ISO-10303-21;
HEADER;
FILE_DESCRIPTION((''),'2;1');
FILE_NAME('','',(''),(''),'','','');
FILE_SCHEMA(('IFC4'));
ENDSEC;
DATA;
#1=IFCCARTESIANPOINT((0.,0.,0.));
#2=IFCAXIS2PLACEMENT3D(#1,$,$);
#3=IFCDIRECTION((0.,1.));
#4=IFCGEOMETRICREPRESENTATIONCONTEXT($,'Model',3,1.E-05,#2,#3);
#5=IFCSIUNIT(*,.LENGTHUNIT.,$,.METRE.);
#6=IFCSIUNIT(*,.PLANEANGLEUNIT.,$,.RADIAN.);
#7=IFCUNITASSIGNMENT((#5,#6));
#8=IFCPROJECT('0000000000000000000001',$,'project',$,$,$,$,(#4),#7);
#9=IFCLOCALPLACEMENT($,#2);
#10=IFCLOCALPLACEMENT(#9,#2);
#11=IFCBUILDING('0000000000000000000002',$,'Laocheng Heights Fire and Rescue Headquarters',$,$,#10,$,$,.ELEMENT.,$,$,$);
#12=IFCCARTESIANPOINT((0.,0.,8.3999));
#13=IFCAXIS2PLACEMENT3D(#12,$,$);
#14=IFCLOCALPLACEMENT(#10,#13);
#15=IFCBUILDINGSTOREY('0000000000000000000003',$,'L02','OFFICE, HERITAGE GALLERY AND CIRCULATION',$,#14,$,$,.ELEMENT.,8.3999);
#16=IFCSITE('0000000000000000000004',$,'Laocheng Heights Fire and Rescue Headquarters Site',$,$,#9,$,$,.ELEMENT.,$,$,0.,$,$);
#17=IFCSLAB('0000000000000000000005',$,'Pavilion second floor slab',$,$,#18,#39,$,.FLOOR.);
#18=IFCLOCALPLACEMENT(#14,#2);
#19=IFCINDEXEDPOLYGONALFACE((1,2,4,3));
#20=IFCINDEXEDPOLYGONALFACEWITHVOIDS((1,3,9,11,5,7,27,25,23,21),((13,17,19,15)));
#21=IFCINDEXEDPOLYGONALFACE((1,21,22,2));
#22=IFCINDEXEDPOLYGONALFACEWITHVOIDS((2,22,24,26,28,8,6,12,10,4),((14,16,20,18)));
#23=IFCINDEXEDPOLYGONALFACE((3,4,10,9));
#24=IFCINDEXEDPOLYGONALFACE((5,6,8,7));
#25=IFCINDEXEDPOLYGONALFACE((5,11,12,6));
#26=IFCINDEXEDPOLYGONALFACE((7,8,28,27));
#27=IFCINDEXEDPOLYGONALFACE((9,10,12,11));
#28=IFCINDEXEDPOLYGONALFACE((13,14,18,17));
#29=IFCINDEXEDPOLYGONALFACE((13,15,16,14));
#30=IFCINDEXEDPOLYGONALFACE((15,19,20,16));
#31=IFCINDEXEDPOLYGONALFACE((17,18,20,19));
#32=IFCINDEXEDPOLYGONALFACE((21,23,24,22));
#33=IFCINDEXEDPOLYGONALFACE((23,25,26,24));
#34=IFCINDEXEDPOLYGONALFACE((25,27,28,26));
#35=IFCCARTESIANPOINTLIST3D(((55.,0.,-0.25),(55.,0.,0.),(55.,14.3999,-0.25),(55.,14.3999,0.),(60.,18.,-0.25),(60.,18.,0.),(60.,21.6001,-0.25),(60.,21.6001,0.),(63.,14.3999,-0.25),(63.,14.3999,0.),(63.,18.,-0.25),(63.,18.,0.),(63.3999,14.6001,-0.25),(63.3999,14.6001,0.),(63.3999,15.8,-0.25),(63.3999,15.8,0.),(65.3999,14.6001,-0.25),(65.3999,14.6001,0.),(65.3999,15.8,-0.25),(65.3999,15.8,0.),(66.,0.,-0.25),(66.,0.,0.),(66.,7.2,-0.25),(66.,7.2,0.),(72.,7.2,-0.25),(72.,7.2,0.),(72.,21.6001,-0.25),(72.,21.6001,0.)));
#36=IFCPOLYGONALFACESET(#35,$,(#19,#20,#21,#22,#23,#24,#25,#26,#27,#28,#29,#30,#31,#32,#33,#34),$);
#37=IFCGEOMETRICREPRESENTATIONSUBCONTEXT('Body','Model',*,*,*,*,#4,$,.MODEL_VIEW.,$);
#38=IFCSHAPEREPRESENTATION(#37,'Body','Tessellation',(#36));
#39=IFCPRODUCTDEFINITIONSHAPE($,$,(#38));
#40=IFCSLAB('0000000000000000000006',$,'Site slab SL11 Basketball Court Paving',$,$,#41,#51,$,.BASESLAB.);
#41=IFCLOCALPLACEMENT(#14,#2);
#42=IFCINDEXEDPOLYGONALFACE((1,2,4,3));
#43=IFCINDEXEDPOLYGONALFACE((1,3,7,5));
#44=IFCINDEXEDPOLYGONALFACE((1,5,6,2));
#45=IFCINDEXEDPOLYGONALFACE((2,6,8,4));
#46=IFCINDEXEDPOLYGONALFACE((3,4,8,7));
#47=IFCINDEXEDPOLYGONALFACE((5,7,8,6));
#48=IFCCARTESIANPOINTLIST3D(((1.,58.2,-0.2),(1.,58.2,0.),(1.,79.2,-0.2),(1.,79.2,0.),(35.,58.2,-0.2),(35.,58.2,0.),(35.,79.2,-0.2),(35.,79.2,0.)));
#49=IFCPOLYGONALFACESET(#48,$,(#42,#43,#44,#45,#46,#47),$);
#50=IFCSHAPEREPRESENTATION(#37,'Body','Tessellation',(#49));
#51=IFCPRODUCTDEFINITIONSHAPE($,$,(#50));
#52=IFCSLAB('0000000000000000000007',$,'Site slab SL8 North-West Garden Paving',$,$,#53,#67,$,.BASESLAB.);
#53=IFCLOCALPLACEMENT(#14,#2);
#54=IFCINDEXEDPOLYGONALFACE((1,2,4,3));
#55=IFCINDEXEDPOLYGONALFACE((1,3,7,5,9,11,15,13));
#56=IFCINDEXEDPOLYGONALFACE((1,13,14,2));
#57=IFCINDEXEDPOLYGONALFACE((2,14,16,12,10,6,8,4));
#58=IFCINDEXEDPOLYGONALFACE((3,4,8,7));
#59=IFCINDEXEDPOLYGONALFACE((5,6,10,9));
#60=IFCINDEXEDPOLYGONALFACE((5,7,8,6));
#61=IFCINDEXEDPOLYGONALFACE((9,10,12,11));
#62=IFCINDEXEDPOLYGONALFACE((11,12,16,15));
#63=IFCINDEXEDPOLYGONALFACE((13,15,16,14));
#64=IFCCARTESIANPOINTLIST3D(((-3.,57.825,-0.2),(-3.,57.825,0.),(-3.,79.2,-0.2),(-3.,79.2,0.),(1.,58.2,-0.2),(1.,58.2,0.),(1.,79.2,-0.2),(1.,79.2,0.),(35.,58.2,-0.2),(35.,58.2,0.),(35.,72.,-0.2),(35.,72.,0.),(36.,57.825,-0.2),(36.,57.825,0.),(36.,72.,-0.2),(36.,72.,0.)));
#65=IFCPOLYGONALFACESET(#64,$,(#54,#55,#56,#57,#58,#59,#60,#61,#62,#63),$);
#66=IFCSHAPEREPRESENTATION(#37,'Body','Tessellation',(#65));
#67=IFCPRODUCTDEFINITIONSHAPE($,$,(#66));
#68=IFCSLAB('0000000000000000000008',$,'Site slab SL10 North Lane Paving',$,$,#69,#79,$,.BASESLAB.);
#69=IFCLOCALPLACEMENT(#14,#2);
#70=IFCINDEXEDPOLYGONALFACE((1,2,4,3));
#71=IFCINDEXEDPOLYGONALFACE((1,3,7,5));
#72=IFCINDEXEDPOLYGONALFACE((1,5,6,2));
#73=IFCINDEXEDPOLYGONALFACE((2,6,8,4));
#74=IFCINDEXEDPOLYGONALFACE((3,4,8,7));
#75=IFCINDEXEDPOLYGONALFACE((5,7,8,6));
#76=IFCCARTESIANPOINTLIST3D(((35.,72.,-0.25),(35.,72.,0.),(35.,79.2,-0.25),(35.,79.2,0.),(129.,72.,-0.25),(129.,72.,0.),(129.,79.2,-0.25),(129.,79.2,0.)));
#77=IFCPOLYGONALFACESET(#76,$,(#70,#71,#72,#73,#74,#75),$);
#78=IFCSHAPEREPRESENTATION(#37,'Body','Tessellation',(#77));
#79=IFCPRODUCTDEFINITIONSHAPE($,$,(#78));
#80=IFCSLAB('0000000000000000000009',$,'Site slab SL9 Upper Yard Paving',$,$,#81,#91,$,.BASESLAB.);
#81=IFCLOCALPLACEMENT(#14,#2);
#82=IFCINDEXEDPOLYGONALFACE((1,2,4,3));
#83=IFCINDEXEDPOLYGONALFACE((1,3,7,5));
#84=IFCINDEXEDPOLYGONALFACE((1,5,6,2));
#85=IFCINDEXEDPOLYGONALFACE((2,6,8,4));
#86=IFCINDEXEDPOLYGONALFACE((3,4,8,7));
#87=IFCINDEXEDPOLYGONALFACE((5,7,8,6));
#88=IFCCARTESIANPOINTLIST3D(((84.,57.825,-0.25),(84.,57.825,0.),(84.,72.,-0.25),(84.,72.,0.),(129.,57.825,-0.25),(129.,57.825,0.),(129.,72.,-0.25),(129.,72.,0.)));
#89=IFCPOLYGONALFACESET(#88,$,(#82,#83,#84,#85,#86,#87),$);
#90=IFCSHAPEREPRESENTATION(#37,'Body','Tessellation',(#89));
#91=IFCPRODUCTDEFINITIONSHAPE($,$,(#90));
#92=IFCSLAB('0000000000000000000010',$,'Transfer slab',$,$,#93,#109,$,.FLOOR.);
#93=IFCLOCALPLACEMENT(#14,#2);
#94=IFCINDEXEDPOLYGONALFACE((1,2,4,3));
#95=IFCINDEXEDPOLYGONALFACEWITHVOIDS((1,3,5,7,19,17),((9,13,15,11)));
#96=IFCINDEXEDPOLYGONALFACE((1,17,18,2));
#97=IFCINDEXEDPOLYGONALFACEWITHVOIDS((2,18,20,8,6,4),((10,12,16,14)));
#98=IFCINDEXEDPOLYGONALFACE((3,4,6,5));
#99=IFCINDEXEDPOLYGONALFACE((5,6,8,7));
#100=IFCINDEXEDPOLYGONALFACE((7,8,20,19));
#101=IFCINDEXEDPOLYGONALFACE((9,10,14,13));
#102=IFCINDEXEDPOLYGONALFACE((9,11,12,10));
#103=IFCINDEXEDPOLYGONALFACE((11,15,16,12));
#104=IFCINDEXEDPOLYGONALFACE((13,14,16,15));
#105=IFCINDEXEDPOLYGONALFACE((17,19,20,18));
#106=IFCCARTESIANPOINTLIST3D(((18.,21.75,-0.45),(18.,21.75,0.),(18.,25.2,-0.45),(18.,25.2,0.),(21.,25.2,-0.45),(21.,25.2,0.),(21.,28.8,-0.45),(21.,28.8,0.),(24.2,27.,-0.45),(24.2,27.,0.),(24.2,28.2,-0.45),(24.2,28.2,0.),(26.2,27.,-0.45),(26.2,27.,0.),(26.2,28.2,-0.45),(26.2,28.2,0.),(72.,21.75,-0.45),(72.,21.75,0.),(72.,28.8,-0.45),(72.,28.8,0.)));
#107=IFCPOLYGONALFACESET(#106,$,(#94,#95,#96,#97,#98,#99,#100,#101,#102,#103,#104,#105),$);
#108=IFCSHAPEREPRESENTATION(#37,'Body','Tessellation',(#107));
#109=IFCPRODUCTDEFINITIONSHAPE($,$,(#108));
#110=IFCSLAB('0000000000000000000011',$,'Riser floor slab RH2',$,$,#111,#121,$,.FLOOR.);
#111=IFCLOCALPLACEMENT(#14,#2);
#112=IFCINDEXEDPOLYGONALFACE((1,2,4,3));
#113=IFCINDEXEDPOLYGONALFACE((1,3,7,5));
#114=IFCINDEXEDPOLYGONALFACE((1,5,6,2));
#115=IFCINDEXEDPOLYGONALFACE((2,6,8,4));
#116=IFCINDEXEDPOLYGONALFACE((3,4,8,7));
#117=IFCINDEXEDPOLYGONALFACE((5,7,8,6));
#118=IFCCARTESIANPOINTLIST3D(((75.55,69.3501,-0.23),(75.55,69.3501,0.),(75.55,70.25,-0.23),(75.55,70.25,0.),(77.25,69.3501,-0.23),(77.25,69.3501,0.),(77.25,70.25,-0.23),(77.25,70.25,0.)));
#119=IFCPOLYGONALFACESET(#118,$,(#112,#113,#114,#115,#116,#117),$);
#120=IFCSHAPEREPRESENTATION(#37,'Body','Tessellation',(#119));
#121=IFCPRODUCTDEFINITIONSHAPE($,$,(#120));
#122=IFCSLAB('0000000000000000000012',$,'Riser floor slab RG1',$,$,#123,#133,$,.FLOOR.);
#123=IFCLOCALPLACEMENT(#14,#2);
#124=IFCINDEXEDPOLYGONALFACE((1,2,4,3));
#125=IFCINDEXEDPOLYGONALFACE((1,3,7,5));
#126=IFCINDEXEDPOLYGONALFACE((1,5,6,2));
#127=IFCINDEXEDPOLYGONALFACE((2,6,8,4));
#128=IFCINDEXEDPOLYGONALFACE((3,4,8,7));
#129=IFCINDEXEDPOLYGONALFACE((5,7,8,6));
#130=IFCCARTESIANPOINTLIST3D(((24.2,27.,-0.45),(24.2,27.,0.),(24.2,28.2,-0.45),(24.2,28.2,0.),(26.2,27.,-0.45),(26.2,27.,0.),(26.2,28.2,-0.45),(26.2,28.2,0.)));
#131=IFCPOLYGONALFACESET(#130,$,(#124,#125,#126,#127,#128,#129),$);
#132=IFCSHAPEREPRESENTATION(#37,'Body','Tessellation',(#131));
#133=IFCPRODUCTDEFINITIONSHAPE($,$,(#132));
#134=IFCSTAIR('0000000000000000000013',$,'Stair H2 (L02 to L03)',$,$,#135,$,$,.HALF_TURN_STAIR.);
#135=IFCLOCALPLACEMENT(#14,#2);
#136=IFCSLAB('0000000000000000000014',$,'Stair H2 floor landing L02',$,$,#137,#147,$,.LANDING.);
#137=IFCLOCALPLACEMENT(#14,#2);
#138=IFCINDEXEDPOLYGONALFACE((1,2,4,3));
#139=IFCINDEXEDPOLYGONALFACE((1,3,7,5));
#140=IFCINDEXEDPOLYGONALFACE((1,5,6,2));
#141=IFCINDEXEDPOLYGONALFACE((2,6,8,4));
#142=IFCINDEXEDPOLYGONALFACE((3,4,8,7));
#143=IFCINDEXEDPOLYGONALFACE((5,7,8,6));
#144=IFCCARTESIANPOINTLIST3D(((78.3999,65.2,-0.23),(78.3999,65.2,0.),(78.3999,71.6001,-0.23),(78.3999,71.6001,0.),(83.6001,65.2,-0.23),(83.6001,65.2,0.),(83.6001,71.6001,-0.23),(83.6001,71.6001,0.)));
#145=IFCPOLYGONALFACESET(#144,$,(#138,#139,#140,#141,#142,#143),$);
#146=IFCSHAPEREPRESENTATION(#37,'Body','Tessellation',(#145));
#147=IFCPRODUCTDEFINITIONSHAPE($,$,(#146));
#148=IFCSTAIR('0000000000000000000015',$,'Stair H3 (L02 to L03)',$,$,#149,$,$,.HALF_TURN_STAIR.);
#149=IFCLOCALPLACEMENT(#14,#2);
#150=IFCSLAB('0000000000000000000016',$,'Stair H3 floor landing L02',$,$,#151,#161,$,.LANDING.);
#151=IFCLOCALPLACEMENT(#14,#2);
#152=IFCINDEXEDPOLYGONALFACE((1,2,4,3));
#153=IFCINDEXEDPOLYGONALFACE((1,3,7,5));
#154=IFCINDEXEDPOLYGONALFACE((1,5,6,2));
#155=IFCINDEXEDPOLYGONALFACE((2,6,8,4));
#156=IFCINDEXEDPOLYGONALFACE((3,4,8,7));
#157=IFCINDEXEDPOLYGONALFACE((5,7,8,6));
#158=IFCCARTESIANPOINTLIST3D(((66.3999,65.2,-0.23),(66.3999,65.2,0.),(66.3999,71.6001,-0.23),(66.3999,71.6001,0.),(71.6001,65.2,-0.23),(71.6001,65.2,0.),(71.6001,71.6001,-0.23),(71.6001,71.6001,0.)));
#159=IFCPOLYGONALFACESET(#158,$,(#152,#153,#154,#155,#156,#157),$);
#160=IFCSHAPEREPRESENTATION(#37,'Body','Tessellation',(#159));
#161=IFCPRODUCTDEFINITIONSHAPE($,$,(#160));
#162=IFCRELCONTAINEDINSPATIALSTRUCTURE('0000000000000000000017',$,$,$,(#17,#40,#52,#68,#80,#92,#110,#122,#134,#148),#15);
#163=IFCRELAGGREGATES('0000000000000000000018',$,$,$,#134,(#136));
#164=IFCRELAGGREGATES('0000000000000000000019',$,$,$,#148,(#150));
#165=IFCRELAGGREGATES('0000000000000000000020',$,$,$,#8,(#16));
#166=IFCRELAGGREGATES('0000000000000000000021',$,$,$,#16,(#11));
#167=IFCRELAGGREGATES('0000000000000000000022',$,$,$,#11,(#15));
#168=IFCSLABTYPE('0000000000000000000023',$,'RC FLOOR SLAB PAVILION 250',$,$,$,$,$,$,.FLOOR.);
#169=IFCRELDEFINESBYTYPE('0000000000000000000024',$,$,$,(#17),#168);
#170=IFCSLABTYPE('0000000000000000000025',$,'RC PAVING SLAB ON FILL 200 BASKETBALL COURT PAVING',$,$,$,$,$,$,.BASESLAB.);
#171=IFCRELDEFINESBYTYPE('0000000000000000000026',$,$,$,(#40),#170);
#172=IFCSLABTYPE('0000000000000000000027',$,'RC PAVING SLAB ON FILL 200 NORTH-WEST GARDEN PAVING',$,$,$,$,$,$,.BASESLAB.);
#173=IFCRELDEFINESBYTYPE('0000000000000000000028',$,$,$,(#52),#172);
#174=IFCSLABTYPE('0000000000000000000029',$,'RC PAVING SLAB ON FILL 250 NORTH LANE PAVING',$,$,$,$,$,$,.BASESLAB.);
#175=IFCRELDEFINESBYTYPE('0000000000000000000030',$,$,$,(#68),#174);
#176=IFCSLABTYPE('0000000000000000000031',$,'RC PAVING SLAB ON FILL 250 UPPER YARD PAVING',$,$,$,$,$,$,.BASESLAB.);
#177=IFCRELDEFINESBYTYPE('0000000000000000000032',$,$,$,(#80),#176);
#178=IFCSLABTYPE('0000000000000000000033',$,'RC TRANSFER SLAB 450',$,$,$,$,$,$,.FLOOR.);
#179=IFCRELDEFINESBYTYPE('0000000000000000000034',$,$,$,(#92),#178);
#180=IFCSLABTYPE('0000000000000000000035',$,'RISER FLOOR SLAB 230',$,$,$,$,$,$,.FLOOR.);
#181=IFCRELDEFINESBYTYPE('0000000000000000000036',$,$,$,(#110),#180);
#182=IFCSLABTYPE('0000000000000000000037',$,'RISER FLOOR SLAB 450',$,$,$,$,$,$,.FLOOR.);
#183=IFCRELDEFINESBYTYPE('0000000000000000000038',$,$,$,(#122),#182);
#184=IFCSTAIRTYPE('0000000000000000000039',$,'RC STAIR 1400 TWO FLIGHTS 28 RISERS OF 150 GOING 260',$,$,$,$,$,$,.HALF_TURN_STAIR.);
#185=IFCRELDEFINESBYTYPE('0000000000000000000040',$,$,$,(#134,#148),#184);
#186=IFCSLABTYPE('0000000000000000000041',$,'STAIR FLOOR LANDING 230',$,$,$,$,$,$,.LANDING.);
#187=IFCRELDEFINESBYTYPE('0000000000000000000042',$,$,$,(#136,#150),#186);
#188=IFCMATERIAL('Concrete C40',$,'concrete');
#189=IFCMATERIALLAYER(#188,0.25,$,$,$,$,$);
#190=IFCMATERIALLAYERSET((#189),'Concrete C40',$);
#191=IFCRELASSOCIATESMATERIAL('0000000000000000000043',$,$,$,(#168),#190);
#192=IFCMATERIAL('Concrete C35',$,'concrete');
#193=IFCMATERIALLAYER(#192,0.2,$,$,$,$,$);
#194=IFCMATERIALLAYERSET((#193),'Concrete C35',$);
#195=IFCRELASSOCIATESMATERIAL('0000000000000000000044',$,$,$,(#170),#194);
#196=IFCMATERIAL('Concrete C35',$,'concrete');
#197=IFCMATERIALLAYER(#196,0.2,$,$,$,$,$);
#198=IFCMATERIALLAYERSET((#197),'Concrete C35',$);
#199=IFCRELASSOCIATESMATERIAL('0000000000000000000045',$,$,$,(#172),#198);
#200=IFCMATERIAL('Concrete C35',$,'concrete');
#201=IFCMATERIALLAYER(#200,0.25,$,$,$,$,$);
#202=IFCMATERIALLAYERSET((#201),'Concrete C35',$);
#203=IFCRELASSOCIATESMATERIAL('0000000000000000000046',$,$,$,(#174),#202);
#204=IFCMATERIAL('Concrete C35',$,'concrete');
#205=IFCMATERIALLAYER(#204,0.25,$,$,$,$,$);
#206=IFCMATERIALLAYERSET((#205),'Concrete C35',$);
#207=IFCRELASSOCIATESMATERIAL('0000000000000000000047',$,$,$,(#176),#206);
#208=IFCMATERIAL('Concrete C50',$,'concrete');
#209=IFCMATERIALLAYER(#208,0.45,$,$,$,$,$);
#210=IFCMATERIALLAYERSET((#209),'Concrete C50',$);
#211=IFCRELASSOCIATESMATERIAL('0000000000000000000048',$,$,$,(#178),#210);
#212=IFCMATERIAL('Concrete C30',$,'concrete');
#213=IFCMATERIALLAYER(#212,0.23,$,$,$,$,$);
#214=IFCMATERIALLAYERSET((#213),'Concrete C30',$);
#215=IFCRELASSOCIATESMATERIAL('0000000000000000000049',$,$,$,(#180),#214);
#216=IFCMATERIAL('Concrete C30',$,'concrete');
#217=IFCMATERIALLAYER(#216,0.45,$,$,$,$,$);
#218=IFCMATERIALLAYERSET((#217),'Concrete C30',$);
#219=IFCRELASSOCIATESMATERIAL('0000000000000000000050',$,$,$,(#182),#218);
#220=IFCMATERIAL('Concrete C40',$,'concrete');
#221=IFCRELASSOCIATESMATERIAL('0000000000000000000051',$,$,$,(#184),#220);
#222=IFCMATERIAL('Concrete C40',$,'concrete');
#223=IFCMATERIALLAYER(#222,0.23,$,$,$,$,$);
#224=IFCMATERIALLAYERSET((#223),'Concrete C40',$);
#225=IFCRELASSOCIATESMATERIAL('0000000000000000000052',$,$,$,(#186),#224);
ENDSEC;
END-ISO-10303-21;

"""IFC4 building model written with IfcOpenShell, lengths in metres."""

from ifc_helpers import new_model, si_unit, direction, frame, origin, place, context, subcontext, project, spatial, polyline, outline, extrude, material, layer, layer_set, type_object, element, aggregate, save


model = new_model("IFC4")

# Units and contexts
model_context = context("Model", 3, precision=1e-05, world=origin(), true_north=direction((0.0, 1.0)))
body_context = subcontext(model_context, "Body", "Model", "MODEL_VIEW")
ifc_project = project(units=[si_unit("LENGTHUNIT", "METRE"), si_unit("PLANEANGLEUNIT", "RADIAN")], contexts=[model_context])

# Site, building, storey
site_placement = place(None, origin())
site = spatial("IfcSite", under=ifc_project, at=site_placement, Name="Laocheng Heights Fire and Rescue Headquarters Site", CompositionType="ELEMENT", RefElevation=0.0)
building_placement = place(site_placement, origin())
building = spatial("IfcBuilding", under=site, at=building_placement, Name="Laocheng Heights Fire and Rescue Headquarters", CompositionType="ELEMENT")
storey_placement = place(building_placement, frame((0.0, 0.0, 8.3999)))
storey = spatial("IfcBuildingStorey", under=building, at=storey_placement, Name="L02", Description="OFFICE, HERITAGE GALLERY AND CIRCULATION", CompositionType="ELEMENT", Elevation=8.3999)

# Slabs
ifc_material_1 = material(Name="Concrete C40", Category="concrete")
ifc_layer_1 = layer(ifc_material_1, 0.25)
ifc_layer_set_1 = layer_set([ifc_layer_1], Name="Concrete C40")
slab_type_1 = type_object("IfcSlabType", Name="RC FLOOR SLAB PAVILION 250", PredefinedType="FLOOR", material=ifc_layer_set_1)
slab_1_placement = place(storey_placement, frame((0.0, 0.0, -0.25)))
element("IfcSlab", 1, at=slab_1_placement, inside=storey, type_object=slab_type_1, Name="Pavilion second floor slab", PredefinedType="FLOOR", context=body_context, shape_type="SweptSolid", body=[
    extrude(outline(polyline([(72.0, 21.6001), (60.0, 21.6001), (60.0, 18.0), (63.0, 18.0), (63.0, 14.3999), (55.0, 14.3999), (55.0, 0.0), (66.0, 0.0), (66.0, 7.2), (72.0, 7.2), (72.0, 21.6001)]), holes=[polyline([(65.3999, 14.6001), (63.3999, 14.6001), (63.3999, 15.8), (65.3999, 15.8), (65.3999, 14.6001)])]), origin(), (0.0, 0.0, 1.0), 0.25),
])
ifc_material_2 = material(Name="Concrete C35", Category="concrete")
ifc_layer_2 = layer(ifc_material_2, 0.2)
ifc_layer_set_2 = layer_set([ifc_layer_2], Name="Concrete C35")
slab_type_2 = type_object("IfcSlabType", Name="RC PAVING SLAB ON FILL 200 BASKETBALL COURT PAVING", PredefinedType="BASESLAB", material=ifc_layer_set_2)
slab_2_placement = place(storey_placement, frame((0.0, 0.0, -0.2)))
element("IfcSlab", 2, at=slab_2_placement, inside=storey, type_object=slab_type_2, Name="Site slab SL11 Basketball Court Paving", PredefinedType="BASESLAB", context=body_context, shape_type="SweptSolid", body=[
    extrude(outline(polyline([(1.0, 58.2), (35.0, 58.2), (35.0, 79.2), (1.0, 79.2), (1.0, 58.2)])), origin(), (0.0, 0.0, 1.0), 0.2),
])
ifc_material_3 = material(Name="Concrete C35", Category="concrete")
ifc_layer_3 = layer(ifc_material_3, 0.2)
ifc_layer_set_3 = layer_set([ifc_layer_3], Name="Concrete C35")
slab_type_3 = type_object("IfcSlabType", Name="RC PAVING SLAB ON FILL 200 NORTH-WEST GARDEN PAVING", PredefinedType="BASESLAB", material=ifc_layer_set_3)
slab_3_placement = place(storey_placement, frame((0.0, 0.0, -0.2)))
element("IfcSlab", 3, at=slab_3_placement, inside=storey, type_object=slab_type_3, Name="Site slab SL8 North-West Garden Paving", PredefinedType="BASESLAB", context=body_context, shape_type="SweptSolid", body=[
    extrude(outline(polyline([(-3.0, 57.825), (36.0, 57.825), (36.0, 72.0), (35.0, 72.0), (35.0, 58.2), (1.0, 58.2), (1.0, 79.2), (-3.0, 79.2), (-3.0, 57.825)])), origin(), (0.0, 0.0, 1.0), 0.2),
])
ifc_material_4 = material(Name="Concrete C35", Category="concrete")
ifc_layer_4 = layer(ifc_material_4, 0.25)
ifc_layer_set_4 = layer_set([ifc_layer_4], Name="Concrete C35")
slab_type_4 = type_object("IfcSlabType", Name="RC PAVING SLAB ON FILL 250 NORTH LANE PAVING", PredefinedType="BASESLAB", material=ifc_layer_set_4)
slab_4_placement = place(storey_placement, frame((0.0, 0.0, -0.25)))
element("IfcSlab", 4, at=slab_4_placement, inside=storey, type_object=slab_type_4, Name="Site slab SL10 North Lane Paving", PredefinedType="BASESLAB", context=body_context, shape_type="SweptSolid", body=[
    extrude(outline(polyline([(129.0, 79.2), (35.0, 79.2), (35.0, 72.0), (129.0, 72.0), (129.0, 79.2)])), origin(), (0.0, 0.0, 1.0), 0.25),
])
ifc_material_5 = material(Name="Concrete C35", Category="concrete")
ifc_layer_5 = layer(ifc_material_5, 0.25)
ifc_layer_set_5 = layer_set([ifc_layer_5], Name="Concrete C35")
slab_type_5 = type_object("IfcSlabType", Name="RC PAVING SLAB ON FILL 250 UPPER YARD PAVING", PredefinedType="BASESLAB", material=ifc_layer_set_5)
slab_5_placement = place(storey_placement, frame((0.0, 0.0, -0.25)))
element("IfcSlab", 5, at=slab_5_placement, inside=storey, type_object=slab_type_5, Name="Site slab SL9 Upper Yard Paving", PredefinedType="BASESLAB", context=body_context, shape_type="SweptSolid", body=[
    extrude(outline(polyline([(129.0, 72.0), (84.0, 72.0), (84.0, 57.825), (129.0, 57.825), (129.0, 72.0)])), origin(), (0.0, 0.0, 1.0), 0.25),
])
ifc_material_6 = material(Name="Concrete C50", Category="concrete")
ifc_layer_6 = layer(ifc_material_6, 0.45)
ifc_layer_set_6 = layer_set([ifc_layer_6], Name="Concrete C50")
slab_type_6 = type_object("IfcSlabType", Name="RC TRANSFER SLAB 450", PredefinedType="FLOOR", material=ifc_layer_set_6)
slab_6_placement = place(storey_placement, frame((0.0, 0.0, -0.45)))
element("IfcSlab", 6, at=slab_6_placement, inside=storey, type_object=slab_type_6, Name="Transfer slab", PredefinedType="FLOOR", context=body_context, shape_type="SweptSolid", body=[
    extrude(outline(polyline([(72.0, 28.8), (21.0, 28.8), (21.0, 25.2), (18.0, 25.2), (18.0, 21.75), (72.0, 21.75), (72.0, 28.8)]), holes=[polyline([(26.2, 28.2), (26.2, 27.0), (24.2, 27.0), (24.2, 28.2), (26.2, 28.2)])]), origin(), (0.0, 0.0, 1.0), 0.45),
])
ifc_material_7 = material(Name="Concrete C30", Category="concrete")
ifc_layer_7 = layer(ifc_material_7, 0.23)
ifc_layer_set_7 = layer_set([ifc_layer_7], Name="Concrete C30")
slab_type_7 = type_object("IfcSlabType", Name="RISER FLOOR SLAB 230", PredefinedType="FLOOR", material=ifc_layer_set_7)
slab_7_placement = place(storey_placement, frame((0.0, 0.0, -0.23)))
element("IfcSlab", 7, at=slab_7_placement, inside=storey, type_object=slab_type_7, Name="Riser floor slab RH2", PredefinedType="FLOOR", context=body_context, shape_type="SweptSolid", body=[
    extrude(outline(polyline([(75.55, 70.25), (75.55, 69.3501), (77.25, 69.3501), (77.25, 70.25), (75.55, 70.25)])), origin(), (0.0, 0.0, 1.0), 0.23),
])
ifc_material_8 = material(Name="Concrete C30", Category="concrete")
ifc_layer_8 = layer(ifc_material_8, 0.45)
ifc_layer_set_8 = layer_set([ifc_layer_8], Name="Concrete C30")
slab_type_8 = type_object("IfcSlabType", Name="RISER FLOOR SLAB 450", PredefinedType="FLOOR", material=ifc_layer_set_8)
slab_8_placement = place(storey_placement, frame((0.0, 0.0, -0.45)))
element("IfcSlab", 8, at=slab_8_placement, inside=storey, type_object=slab_type_8, Name="Riser floor slab RG1", PredefinedType="FLOOR", context=body_context, shape_type="SweptSolid", body=[
    extrude(outline(polyline([(26.2, 27.0), (26.2, 28.2), (24.2, 28.2), (24.2, 27.0), (26.2, 27.0)])), origin(), (0.0, 0.0, 1.0), 0.45),
])

# Stairs, slabs
ifc_material_9 = material(Name="Concrete C40", Category="concrete")
stair_type = type_object("IfcStairType", Name="RC STAIR 1400 TWO FLIGHTS 28 RISERS OF 150 GOING 260", PredefinedType="HALF_TURN_STAIR", material=ifc_material_9)
stair_1_placement = place(storey_placement, origin())
stair_1 = element("IfcStair", 9, at=stair_1_placement, inside=storey, type_object=stair_type, Name="Stair H2 (L02 to L03)", PredefinedType="HALF_TURN_STAIR")
ifc_material_10 = material(Name="Concrete C40", Category="concrete")
ifc_layer_9 = layer(ifc_material_10, 0.23)
ifc_layer_set_9 = layer_set([ifc_layer_9], Name="Concrete C40")
slab_type_9 = type_object("IfcSlabType", Name="STAIR FLOOR LANDING 230", PredefinedType="LANDING", material=ifc_layer_set_9)
slab_9_placement = place(storey_placement, frame((0.0, 0.0, -0.23)))
slab_9 = element("IfcSlab", 10, at=slab_9_placement, type_object=slab_type_9, Name="Stair H2 floor landing L02", PredefinedType="LANDING", context=body_context, shape_type="SweptSolid", body=[
    extrude(outline(polyline([(78.3999, 71.6001), (83.6001, 71.6001), (83.6001, 65.2), (78.3999, 65.2), (78.3999, 71.6001)])), origin(), (0.0, 0.0, 1.0), 0.23),
])
aggregate(stair_1, [slab_9])
stair_2_placement = place(storey_placement, origin())
stair_2 = element("IfcStair", 11, at=stair_2_placement, inside=storey, type_object=stair_type, Name="Stair H3 (L02 to L03)", PredefinedType="HALF_TURN_STAIR")
slab_10_placement = place(storey_placement, frame((0.0, 0.0, -0.23)))
slab_10 = element("IfcSlab", 12, at=slab_10_placement, type_object=slab_type_9, Name="Stair H3 floor landing L02", PredefinedType="LANDING", context=body_context, shape_type="SweptSolid", body=[
    extrude(outline(polyline([(66.3999, 71.6001), (71.6001, 71.6001), (71.6001, 65.2), (66.3999, 65.2), (66.3999, 71.6001)])), origin(), (0.0, 0.0, 1.0), 0.23),
])
aggregate(stair_2, [slab_10])

save(model, "model.ifc")
